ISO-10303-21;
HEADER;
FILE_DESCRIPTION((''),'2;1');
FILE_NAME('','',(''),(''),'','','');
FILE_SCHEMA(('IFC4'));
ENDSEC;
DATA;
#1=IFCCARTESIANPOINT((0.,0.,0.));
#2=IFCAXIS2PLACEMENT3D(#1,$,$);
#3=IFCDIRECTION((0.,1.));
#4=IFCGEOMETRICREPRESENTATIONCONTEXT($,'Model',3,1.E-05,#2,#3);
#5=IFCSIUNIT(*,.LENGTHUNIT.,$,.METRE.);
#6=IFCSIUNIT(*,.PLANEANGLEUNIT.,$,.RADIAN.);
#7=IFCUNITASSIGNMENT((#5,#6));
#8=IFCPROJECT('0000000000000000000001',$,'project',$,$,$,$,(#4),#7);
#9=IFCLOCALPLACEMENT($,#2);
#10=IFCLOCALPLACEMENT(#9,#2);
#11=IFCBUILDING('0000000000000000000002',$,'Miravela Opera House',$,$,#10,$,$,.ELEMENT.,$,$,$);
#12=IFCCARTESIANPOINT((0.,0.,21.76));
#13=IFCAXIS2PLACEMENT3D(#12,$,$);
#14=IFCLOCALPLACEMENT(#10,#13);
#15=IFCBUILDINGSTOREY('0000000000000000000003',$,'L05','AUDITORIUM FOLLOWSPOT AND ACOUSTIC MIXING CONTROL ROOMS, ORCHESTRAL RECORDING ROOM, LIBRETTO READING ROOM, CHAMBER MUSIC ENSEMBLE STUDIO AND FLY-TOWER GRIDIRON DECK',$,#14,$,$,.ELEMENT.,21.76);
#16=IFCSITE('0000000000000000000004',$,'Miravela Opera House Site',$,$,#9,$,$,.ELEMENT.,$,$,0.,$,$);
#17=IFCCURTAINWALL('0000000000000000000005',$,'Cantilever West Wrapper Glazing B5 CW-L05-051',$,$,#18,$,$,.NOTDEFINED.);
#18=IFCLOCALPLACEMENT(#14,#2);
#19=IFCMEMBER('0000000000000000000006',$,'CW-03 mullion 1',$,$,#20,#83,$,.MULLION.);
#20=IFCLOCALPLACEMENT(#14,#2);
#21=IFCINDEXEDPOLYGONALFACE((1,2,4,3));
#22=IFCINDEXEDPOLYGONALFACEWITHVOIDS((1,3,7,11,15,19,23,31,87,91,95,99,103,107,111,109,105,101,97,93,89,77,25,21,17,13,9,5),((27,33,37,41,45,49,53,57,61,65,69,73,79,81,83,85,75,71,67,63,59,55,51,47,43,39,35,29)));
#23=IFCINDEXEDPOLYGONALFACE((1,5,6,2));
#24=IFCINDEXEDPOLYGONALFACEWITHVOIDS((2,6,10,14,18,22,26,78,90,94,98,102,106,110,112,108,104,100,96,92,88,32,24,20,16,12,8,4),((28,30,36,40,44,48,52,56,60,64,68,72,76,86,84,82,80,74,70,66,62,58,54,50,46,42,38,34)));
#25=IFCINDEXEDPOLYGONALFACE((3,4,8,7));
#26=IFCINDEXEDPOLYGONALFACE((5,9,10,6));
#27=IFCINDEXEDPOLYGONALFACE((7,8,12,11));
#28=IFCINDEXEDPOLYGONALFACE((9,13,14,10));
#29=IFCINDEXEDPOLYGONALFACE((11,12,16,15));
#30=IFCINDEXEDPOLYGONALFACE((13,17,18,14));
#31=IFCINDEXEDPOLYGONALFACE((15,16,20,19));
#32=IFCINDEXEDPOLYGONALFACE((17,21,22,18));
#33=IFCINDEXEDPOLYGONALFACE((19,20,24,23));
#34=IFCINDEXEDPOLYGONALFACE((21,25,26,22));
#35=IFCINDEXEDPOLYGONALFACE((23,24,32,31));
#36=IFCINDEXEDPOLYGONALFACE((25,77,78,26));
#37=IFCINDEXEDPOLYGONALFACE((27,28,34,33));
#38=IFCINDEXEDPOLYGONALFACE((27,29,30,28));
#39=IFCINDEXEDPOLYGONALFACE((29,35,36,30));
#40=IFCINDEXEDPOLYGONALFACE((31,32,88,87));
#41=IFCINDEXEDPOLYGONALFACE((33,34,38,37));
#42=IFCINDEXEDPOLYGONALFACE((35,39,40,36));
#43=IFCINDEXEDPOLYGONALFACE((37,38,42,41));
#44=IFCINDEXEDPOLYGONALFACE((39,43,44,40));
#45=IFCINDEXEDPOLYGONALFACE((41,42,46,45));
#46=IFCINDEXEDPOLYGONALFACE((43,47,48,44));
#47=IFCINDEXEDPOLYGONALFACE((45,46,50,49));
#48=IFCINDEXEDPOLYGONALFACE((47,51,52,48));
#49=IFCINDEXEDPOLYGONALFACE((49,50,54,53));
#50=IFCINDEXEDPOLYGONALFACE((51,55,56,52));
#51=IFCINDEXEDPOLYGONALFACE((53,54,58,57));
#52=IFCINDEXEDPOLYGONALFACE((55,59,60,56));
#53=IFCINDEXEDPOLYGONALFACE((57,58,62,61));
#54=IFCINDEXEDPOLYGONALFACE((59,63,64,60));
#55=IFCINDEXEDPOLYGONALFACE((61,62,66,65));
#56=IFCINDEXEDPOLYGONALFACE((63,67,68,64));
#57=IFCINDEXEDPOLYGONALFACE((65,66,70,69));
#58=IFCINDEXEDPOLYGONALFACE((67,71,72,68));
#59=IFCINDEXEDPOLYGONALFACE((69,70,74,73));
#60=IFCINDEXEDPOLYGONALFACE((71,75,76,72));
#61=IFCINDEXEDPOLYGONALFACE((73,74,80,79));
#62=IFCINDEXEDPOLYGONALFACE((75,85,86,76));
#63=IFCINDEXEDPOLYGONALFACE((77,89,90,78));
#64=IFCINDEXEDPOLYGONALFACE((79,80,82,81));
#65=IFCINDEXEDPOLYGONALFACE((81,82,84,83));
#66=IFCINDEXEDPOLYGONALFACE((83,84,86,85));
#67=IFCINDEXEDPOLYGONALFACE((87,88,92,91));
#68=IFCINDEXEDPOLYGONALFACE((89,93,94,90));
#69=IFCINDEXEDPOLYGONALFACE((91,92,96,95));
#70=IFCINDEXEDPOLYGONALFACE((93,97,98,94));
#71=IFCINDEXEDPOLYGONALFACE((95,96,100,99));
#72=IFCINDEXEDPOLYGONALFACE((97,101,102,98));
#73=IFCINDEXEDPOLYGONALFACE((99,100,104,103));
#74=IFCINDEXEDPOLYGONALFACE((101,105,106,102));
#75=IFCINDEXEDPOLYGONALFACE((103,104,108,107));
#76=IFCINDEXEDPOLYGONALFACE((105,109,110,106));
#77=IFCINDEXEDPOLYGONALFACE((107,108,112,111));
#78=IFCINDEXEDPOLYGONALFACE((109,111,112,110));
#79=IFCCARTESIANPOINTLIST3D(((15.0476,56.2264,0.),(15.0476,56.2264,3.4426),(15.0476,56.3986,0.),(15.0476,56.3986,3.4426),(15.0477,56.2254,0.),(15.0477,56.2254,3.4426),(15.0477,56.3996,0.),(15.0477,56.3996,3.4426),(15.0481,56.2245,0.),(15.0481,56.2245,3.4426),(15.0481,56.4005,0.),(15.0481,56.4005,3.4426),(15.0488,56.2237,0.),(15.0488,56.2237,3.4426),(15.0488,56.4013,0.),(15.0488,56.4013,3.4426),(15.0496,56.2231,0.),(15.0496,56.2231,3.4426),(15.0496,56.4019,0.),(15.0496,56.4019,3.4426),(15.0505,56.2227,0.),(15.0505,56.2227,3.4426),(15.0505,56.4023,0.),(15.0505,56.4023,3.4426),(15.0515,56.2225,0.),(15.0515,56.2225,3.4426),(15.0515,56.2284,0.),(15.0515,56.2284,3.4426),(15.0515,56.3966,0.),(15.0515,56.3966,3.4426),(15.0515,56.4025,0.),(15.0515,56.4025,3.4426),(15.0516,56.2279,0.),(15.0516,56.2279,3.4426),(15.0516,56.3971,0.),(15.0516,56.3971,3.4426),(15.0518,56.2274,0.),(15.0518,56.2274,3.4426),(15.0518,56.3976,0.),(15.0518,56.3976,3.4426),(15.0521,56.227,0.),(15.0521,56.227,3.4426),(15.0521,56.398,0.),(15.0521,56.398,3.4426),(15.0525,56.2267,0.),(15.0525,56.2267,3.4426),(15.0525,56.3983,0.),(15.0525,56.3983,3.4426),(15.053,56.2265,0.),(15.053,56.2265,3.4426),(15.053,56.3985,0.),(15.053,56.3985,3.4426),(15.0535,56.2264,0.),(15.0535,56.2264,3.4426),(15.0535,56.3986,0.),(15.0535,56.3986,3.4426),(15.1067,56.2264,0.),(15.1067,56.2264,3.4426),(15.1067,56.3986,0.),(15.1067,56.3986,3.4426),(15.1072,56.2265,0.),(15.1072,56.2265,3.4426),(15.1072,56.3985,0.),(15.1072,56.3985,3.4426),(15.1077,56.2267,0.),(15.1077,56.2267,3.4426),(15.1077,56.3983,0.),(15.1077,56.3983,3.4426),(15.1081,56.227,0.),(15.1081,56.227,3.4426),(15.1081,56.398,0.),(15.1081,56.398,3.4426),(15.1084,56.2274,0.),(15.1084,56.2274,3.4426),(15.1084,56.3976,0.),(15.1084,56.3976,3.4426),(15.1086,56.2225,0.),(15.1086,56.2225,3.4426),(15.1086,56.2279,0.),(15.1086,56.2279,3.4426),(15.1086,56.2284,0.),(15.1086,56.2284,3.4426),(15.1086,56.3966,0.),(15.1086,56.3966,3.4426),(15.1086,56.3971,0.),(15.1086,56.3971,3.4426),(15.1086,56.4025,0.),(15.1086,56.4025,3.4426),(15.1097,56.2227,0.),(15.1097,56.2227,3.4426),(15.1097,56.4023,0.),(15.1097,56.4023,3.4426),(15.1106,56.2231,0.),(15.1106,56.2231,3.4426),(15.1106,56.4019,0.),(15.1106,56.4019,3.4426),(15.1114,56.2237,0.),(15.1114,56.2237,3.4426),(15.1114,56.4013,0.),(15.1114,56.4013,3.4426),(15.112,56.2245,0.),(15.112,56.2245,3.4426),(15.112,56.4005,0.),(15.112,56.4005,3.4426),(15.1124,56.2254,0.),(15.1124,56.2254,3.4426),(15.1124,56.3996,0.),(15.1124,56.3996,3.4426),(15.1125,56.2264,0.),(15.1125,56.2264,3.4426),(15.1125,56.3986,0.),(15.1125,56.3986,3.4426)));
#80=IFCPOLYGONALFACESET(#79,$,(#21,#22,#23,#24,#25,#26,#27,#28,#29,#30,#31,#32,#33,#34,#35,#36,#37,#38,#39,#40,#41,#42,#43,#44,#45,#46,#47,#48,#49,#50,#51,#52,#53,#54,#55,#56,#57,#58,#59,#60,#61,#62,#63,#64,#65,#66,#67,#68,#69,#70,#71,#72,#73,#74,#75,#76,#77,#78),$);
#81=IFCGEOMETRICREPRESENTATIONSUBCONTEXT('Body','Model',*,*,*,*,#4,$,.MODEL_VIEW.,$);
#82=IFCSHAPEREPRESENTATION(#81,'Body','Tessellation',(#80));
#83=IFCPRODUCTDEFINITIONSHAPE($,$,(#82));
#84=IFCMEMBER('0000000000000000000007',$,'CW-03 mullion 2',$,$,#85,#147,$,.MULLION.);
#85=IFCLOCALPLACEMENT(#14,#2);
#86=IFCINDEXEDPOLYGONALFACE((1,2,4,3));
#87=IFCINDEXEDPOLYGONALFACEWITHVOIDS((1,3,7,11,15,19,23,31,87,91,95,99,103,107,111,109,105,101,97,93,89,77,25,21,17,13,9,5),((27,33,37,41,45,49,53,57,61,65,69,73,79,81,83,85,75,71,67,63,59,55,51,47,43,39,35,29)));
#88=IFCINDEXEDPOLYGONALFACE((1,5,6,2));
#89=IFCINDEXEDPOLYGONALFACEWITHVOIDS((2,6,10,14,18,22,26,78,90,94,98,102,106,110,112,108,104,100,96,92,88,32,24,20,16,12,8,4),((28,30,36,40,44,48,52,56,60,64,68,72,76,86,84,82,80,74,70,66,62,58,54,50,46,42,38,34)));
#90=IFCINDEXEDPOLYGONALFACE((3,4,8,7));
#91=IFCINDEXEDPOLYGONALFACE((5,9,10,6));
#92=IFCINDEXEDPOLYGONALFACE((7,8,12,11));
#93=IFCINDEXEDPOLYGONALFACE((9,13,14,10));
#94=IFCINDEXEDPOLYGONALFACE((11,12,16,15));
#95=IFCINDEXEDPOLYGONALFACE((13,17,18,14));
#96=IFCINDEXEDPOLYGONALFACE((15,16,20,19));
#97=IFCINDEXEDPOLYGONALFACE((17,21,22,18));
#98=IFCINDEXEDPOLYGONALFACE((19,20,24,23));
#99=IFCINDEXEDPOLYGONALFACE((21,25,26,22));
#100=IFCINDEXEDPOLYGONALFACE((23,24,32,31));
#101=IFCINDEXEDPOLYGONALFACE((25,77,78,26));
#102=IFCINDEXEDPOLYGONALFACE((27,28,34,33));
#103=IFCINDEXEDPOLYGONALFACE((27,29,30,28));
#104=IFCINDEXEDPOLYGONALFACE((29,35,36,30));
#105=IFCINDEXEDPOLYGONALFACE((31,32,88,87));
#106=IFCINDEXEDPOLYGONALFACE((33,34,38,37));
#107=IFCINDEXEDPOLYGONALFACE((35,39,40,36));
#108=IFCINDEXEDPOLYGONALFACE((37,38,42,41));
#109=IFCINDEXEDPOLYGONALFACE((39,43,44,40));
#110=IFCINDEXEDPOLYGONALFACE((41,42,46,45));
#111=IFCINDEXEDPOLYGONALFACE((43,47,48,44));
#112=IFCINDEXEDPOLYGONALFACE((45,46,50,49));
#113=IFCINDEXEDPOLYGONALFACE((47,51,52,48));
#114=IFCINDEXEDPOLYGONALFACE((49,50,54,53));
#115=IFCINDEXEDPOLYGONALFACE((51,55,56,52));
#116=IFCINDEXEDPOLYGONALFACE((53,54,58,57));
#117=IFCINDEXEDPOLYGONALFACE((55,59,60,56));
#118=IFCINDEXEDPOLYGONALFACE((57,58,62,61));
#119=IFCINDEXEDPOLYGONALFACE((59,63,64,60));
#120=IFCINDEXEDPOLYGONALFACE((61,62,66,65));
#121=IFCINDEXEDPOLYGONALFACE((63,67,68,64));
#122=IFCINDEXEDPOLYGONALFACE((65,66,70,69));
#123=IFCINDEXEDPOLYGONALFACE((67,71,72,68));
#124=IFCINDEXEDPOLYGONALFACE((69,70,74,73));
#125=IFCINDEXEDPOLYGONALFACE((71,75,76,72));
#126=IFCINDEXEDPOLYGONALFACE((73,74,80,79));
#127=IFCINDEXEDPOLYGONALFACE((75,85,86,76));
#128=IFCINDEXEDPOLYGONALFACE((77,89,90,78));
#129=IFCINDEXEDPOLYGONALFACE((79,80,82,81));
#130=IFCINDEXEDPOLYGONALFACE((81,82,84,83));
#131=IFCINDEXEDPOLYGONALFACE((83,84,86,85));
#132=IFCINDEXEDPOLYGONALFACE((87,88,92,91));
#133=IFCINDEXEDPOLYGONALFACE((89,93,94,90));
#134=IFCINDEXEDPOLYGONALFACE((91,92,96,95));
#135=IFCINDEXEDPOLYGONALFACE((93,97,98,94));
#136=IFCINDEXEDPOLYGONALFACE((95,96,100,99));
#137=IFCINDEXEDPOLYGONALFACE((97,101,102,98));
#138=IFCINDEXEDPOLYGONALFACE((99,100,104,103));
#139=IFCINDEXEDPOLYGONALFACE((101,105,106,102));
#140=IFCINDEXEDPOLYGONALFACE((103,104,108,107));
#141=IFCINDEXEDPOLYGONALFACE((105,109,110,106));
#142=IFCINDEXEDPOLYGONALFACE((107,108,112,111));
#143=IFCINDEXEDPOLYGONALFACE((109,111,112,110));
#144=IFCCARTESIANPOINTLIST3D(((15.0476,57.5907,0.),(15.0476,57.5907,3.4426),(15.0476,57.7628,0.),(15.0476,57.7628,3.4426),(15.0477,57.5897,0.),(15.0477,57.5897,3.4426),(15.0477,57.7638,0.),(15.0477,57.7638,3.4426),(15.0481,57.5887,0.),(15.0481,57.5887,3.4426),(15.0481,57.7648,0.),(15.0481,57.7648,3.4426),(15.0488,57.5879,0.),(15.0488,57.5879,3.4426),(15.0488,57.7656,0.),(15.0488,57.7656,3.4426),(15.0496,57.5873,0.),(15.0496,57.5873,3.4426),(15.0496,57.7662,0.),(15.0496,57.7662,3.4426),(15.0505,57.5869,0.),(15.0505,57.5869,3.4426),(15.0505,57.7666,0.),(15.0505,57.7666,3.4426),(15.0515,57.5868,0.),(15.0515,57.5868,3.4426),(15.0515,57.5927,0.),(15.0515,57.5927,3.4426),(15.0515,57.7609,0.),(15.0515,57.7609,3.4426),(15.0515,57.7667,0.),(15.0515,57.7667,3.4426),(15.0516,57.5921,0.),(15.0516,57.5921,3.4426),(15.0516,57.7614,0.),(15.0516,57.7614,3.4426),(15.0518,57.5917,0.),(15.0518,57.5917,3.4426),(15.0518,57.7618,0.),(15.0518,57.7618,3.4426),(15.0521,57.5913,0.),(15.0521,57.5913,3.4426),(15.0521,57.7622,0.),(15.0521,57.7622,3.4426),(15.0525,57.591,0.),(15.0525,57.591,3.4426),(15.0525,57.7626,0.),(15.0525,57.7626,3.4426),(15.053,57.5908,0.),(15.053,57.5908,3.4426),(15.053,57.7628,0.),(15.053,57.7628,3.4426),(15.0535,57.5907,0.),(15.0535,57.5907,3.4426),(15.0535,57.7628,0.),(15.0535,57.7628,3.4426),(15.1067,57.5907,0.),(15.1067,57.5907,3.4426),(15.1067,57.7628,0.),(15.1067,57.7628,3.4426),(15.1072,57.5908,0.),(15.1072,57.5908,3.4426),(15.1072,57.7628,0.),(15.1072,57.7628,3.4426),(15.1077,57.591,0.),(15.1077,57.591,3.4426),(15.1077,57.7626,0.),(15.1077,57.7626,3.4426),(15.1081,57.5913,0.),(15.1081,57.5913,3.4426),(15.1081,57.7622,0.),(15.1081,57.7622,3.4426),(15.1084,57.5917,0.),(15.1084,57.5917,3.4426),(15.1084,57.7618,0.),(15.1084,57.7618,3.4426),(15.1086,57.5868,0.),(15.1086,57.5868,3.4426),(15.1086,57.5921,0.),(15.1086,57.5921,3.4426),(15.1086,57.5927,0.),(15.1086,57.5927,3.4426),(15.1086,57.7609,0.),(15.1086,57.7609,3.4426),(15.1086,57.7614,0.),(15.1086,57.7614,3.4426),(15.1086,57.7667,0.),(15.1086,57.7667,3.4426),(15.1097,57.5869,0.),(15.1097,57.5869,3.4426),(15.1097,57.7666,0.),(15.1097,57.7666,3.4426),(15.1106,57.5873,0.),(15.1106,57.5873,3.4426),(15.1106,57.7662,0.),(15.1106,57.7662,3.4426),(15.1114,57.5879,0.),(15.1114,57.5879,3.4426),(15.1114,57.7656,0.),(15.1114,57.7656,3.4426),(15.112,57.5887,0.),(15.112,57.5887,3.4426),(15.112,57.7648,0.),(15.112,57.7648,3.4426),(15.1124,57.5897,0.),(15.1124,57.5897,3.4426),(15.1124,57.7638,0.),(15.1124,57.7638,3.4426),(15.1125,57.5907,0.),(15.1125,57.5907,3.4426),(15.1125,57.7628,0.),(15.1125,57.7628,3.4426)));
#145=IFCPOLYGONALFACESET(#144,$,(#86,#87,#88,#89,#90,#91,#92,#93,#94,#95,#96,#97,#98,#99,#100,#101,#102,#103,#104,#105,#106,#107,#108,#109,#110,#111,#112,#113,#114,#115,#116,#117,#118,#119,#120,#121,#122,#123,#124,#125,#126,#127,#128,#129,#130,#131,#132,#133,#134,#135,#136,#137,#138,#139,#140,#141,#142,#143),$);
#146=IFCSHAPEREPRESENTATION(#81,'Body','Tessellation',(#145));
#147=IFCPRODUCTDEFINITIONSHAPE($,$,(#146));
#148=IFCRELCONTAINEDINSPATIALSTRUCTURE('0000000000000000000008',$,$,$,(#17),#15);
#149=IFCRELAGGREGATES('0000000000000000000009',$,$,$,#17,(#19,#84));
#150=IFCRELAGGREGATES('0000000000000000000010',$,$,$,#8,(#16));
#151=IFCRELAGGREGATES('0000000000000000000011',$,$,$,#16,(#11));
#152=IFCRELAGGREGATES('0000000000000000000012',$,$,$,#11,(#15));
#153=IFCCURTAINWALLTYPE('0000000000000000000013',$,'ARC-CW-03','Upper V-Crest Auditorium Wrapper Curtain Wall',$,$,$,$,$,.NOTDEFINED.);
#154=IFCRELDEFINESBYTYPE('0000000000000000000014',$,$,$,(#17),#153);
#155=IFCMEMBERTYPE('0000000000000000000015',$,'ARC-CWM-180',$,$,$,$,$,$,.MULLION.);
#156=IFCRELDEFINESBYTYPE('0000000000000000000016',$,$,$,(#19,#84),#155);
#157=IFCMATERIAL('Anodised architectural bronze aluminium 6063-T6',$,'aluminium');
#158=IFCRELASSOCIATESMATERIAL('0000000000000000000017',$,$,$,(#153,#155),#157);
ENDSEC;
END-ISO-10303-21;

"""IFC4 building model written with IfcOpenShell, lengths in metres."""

from ifc_helpers import new_model, si_unit, direction, frame, origin, origin_2d, place, context, subcontext, project, spatial, hollow_rectangle, extrude, material, material_profile, profile_set, type_object, element, aggregate, save


model = new_model("IFC4")

# Units and contexts
model_context = context("Model", 3, precision=1e-05, world=origin(), true_north=direction((0.0, 1.0)))
body_context = subcontext(model_context, "Body", "Model", "MODEL_VIEW")
ifc_project = project(units=[si_unit("LENGTHUNIT", "METRE"), si_unit("PLANEANGLEUNIT", "RADIAN")], contexts=[model_context])

# Site, building, storey
site_placement = place(None, origin())
site = spatial("IfcSite", under=ifc_project, at=site_placement, Name="Miravela Opera House Site", CompositionType="ELEMENT", RefElevation=0.0)
building_placement = place(site_placement, origin())
building = spatial("IfcBuilding", under=site, at=building_placement, Name="Miravela Opera House", CompositionType="ELEMENT")
storey_placement = place(building_placement, frame((0.0, 0.0, 21.76)))
storey = spatial("IfcBuildingStorey", under=building, at=storey_placement, Name="L05", Description="AUDITORIUM FOLLOWSPOT AND ACOUSTIC MIXING CONTROL ROOMS, ORCHESTRAL RECORDING ROOM, LIBRETTO READING ROOM, CHAMBER MUSIC ENSEMBLE STUDIO AND FLY-TOWER GRIDIRON DECK", CompositionType="ELEMENT", Elevation=21.76)

# Curtain wall, members
ifc_material_1 = material(Name="Anodised architectural bronze aluminium 6063-T6", Category="aluminium")
curtain_wall_type = type_object("IfcCurtainWallType", Name="ARC-CW-03", Description="Upper V-Crest Auditorium Wrapper Curtain Wall", PredefinedType="NOTDEFINED", material=ifc_material_1)
curtain_wall_1_placement = place(storey_placement, origin())
curtain_wall_1 = element("IfcCurtainWall", 1, at=curtain_wall_1_placement, inside=storey, type_object=curtain_wall_type, Name="Cantilever West Wrapper Glazing B5 CW-L05-051", PredefinedType="NOTDEFINED")
ifc_material_profile_1 = material_profile(ifc_material_1, hollow_rectangle(XDim=0.0649, YDim=0.1799, WallThickness=0.0039, InnerFilletRadius=0.002, OuterFilletRadius=0.0039, at=origin_2d()), Name="CWM-65X180")
ifc_profile_set_1 = profile_set([ifc_material_profile_1])
member_type_1 = type_object("IfcMemberType", Name="ARC-CWM-180", PredefinedType="MULLION", material=ifc_profile_set_1)
member_1_placement = place(storey_placement, frame((15.0801, 56.3125, 0.0), z_axis=(0.0, 0.0, 1.0), x_axis=(-1.0, 0.0, 0.0)))
member_1 = element("IfcMember", 2, at=member_1_placement, type_object=member_type_1, Name="CW-03 mullion 1", PredefinedType="MULLION", context=body_context, shape_type="SweptSolid", body=[
    extrude(hollow_rectangle(XDim=0.0649, YDim=0.1799, WallThickness=0.0039, InnerFilletRadius=0.002, OuterFilletRadius=0.0039, at=origin_2d()), origin(), (0.0, 0.0, 1.0), 3.4426),
])
member_2_placement = place(storey_placement, frame((15.0801, 57.6768, 0.0), z_axis=(0.0, 0.0, 1.0), x_axis=(-1.0, 0.0, 0.0)))
member_2 = element("IfcMember", 3, at=member_2_placement, type_object=member_type_1, Name="CW-03 mullion 2", PredefinedType="MULLION", context=body_context, shape_type="SweptSolid", body=[
    extrude(hollow_rectangle(XDim=0.0649, YDim=0.1799, WallThickness=0.0039, InnerFilletRadius=0.002, OuterFilletRadius=0.0039, at=origin_2d()), origin(), (0.0, 0.0, 1.0), 3.4426),
])

aggregate(curtain_wall_1, [member_1, member_2])

save(model, "model.ifc")
